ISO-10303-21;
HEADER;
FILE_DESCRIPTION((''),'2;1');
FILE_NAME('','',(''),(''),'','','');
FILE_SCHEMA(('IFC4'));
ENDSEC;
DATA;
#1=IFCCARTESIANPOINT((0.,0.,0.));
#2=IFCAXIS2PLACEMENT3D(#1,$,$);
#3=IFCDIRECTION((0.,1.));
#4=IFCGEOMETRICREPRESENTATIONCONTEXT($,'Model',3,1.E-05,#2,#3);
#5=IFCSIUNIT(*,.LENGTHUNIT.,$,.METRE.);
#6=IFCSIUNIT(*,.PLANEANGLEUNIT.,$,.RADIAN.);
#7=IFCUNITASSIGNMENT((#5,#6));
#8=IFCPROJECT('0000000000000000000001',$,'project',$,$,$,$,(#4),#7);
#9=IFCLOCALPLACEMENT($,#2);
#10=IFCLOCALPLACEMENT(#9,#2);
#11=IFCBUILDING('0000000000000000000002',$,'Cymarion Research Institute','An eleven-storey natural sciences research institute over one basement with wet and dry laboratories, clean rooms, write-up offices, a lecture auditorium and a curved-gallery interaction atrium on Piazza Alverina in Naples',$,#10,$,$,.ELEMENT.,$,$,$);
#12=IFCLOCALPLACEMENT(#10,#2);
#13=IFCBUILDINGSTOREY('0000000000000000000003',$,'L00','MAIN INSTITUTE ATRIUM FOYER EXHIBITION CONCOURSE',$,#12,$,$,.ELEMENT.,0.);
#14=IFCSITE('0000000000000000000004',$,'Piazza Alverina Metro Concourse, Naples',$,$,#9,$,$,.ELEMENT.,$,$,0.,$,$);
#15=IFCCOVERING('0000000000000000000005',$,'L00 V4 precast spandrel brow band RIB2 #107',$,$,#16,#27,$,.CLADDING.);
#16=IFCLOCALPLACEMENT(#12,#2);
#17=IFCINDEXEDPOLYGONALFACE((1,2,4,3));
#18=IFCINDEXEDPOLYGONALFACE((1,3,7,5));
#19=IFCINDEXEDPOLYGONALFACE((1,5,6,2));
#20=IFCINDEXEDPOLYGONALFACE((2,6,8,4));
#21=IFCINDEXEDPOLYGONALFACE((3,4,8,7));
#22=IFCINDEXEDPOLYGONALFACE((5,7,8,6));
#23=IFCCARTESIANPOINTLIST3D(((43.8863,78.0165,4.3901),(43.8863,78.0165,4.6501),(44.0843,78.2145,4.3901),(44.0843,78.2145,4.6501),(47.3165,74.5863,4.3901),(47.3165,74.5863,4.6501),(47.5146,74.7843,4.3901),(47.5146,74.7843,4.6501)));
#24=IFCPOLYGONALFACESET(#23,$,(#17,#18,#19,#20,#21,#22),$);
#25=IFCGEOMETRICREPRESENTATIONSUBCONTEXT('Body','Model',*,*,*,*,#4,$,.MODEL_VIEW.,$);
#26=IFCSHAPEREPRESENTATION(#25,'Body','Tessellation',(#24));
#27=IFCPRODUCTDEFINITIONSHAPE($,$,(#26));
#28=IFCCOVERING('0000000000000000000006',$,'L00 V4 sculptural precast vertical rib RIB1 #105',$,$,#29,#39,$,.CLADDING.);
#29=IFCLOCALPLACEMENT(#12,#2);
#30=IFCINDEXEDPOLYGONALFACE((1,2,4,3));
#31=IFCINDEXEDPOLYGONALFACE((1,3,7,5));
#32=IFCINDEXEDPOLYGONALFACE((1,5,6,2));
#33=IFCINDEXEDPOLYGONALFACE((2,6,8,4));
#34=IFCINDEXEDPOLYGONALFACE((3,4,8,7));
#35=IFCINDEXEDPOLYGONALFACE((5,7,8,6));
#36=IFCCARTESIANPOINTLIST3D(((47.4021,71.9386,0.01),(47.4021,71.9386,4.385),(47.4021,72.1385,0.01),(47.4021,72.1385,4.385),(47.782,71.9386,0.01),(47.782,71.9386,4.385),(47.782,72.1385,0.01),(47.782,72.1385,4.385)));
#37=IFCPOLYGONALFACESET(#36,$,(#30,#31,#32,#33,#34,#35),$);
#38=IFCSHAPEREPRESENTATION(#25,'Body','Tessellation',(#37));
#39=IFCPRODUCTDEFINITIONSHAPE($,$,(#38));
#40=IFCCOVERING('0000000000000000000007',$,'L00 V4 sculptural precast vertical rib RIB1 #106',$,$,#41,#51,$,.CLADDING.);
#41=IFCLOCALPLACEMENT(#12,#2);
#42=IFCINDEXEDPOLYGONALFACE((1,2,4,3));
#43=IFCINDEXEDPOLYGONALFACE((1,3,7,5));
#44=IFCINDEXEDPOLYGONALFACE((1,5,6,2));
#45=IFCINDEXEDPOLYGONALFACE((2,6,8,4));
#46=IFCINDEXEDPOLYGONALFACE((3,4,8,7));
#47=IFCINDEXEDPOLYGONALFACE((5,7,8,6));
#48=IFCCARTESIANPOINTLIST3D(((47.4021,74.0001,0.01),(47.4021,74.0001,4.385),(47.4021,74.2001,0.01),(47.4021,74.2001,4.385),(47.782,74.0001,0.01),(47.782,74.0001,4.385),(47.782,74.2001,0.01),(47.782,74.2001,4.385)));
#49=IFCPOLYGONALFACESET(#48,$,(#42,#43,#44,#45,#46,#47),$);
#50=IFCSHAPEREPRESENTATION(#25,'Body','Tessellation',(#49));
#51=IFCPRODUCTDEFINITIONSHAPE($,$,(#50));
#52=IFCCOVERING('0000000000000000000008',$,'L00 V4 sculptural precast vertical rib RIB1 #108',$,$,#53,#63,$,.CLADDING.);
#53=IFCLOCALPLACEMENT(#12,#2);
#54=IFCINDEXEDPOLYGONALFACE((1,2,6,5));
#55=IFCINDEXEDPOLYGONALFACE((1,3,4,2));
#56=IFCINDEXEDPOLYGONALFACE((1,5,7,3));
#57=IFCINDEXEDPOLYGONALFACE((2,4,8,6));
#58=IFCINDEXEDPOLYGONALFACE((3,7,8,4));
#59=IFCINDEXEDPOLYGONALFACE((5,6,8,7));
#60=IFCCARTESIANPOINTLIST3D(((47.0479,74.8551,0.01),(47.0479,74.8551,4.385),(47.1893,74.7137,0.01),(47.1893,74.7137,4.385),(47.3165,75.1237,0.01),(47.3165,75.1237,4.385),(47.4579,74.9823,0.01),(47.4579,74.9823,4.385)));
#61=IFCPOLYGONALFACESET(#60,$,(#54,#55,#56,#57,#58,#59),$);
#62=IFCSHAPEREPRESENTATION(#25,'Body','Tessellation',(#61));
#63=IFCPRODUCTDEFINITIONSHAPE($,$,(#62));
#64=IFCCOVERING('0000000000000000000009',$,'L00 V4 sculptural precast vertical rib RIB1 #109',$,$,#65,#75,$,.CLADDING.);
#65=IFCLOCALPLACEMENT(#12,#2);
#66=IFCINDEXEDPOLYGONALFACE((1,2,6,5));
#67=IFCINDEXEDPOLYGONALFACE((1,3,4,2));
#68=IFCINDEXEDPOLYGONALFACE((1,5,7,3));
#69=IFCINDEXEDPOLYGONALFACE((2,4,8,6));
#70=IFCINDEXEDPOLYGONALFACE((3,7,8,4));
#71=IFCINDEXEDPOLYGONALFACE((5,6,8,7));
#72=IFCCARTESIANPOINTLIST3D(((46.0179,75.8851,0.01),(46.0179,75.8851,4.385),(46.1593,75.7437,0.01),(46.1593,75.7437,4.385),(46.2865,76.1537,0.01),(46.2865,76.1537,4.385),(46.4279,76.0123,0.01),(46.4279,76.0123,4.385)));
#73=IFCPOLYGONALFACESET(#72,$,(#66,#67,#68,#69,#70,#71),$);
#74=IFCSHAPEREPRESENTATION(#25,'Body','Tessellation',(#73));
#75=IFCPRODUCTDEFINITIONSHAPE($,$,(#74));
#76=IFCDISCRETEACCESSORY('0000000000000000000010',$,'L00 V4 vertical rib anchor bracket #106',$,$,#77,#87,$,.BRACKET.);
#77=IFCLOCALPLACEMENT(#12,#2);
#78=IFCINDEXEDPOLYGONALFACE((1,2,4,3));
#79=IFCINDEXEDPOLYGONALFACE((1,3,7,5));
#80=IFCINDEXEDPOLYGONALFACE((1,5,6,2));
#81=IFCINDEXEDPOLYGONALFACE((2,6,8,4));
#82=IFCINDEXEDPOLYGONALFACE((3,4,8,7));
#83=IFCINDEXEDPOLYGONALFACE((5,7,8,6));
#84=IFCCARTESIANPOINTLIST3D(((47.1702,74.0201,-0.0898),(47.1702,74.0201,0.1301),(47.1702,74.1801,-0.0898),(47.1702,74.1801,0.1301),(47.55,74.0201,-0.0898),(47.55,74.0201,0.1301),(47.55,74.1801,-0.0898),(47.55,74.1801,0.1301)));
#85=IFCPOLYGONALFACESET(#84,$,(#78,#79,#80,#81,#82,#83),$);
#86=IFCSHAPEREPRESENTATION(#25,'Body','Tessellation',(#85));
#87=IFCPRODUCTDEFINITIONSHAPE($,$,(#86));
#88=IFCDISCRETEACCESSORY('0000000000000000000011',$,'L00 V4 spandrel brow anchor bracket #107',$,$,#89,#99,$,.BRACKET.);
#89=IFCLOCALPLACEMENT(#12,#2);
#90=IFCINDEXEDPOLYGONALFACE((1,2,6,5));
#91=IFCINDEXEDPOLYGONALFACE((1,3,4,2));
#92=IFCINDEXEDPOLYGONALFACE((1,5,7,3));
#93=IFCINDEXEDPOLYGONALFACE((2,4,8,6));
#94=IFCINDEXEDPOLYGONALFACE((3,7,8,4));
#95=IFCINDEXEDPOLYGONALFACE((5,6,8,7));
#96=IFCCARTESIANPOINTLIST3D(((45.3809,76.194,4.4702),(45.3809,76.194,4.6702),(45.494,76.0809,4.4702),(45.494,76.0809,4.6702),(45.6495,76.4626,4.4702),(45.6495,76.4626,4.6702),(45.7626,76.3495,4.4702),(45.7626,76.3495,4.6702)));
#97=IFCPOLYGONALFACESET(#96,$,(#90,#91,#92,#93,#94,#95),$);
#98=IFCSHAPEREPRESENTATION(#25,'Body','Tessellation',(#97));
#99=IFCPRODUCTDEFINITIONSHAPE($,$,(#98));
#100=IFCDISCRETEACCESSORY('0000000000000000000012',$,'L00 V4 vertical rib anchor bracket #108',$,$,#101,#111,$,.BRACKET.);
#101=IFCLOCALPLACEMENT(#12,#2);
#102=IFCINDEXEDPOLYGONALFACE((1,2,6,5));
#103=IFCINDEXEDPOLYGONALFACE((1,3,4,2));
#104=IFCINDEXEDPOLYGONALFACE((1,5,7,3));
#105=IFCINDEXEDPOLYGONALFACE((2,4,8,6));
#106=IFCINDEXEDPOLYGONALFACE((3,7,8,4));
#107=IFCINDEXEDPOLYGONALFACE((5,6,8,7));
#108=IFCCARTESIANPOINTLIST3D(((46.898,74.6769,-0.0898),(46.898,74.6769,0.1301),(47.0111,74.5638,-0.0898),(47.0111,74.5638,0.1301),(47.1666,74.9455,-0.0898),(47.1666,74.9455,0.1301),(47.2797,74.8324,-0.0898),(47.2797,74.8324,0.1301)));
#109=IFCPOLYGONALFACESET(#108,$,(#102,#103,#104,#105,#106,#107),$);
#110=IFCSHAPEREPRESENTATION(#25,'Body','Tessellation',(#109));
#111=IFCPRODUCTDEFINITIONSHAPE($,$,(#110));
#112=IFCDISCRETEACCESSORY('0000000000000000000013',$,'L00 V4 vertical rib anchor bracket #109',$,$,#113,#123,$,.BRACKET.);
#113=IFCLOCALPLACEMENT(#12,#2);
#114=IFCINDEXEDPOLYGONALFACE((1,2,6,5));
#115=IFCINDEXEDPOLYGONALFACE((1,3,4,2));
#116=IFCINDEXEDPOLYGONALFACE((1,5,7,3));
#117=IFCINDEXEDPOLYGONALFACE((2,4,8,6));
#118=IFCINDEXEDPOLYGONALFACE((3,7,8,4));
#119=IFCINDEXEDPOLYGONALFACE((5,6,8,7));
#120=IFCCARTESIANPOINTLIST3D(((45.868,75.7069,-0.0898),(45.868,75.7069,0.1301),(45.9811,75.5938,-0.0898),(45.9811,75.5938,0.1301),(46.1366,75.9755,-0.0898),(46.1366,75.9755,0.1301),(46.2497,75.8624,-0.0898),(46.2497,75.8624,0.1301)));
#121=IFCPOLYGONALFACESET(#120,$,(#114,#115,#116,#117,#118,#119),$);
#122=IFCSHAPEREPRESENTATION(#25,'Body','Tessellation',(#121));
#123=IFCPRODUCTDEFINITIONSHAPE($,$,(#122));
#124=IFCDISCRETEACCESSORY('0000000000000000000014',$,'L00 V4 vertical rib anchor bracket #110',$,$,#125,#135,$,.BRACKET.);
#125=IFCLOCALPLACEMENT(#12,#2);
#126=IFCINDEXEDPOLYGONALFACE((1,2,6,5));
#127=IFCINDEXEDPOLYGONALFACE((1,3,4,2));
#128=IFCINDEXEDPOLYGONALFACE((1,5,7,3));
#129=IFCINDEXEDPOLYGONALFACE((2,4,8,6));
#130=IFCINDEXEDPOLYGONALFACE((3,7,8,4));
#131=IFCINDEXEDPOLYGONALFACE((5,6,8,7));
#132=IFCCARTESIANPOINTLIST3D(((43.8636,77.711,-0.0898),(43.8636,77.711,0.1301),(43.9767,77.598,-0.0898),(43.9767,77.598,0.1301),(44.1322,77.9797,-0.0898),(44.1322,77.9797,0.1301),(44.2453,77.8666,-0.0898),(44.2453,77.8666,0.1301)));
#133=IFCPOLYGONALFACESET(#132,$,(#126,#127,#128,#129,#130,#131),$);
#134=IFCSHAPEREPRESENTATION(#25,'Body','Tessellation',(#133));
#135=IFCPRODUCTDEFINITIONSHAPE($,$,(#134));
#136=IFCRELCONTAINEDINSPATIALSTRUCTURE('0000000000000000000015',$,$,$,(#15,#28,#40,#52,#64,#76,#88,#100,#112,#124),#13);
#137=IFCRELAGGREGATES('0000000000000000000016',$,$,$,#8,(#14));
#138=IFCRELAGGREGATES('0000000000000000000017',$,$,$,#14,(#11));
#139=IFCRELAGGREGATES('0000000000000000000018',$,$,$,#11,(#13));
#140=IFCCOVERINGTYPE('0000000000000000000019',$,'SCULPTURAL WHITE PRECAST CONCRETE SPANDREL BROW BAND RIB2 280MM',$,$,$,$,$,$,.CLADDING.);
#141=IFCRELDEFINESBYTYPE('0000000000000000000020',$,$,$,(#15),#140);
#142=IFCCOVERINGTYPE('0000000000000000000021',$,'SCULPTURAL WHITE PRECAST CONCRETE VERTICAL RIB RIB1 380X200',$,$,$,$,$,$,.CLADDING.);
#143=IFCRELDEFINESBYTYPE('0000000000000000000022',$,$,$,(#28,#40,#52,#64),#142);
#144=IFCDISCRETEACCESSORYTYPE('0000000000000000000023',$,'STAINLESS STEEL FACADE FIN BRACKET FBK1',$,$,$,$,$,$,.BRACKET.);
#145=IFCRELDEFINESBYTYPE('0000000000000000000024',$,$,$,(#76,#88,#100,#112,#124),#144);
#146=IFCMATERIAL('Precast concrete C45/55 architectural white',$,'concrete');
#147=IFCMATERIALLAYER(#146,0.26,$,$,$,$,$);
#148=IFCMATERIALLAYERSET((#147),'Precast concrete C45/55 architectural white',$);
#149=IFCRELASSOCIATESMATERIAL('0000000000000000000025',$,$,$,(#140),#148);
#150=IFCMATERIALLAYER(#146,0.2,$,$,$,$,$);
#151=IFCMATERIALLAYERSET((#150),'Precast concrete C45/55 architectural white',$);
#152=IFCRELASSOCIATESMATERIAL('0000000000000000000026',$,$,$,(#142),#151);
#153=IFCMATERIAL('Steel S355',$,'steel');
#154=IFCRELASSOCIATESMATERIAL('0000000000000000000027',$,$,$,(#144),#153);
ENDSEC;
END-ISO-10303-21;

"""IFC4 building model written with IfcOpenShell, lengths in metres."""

from ifc_helpers import new_model, si_unit, direction, frame, origin, origin_2d, place, context, subcontext, project, spatial, rectangle, extrude, material, layer, layer_set, type_object, element, save


model = new_model("IFC4")

# Units and contexts
model_context = context("Model", 3, precision=1e-05, world=origin(), true_north=direction((0.0, 1.0)))
body_context = subcontext(model_context, "Body", "Model", "MODEL_VIEW")
ifc_project = project(units=[si_unit("LENGTHUNIT", "METRE"), si_unit("PLANEANGLEUNIT", "RADIAN")], contexts=[model_context])

# Site, building, storey
site_placement = place(None, origin())
site = spatial("IfcSite", under=ifc_project, at=site_placement, Name="Piazza Alverina Metro Concourse, Naples", CompositionType="ELEMENT", RefElevation=0.0)
building_placement = place(site_placement, origin())
building = spatial("IfcBuilding", under=site, at=building_placement, Name="Cymarion Research Institute", Description="An eleven-storey natural sciences research institute over one basement with wet and dry laboratories, clean rooms, write-up offices, a lecture auditorium and a curved-gallery interaction atrium on Piazza Alverina in Naples", CompositionType="ELEMENT")
storey_placement = place(building_placement, origin())
storey = spatial("IfcBuildingStorey", under=building, at=storey_placement, Name="L00", Description="MAIN INSTITUTE ATRIUM FOYER EXHIBITION CONCOURSE", CompositionType="ELEMENT", Elevation=0.0)

# Coverings
ifc_material_1 = material(Name="Precast concrete C45/55 architectural white", Category="concrete")
ifc_layer_1 = layer(ifc_material_1, 0.26)
ifc_layer_set_1 = layer_set([ifc_layer_1], Name="Precast concrete C45/55 architectural white")
covering_type_1 = type_object("IfcCoveringType", Name="SCULPTURAL WHITE PRECAST CONCRETE SPANDREL BROW BAND RIB2 280MM", PredefinedType="CLADDING", material=ifc_layer_set_1)
covering_placement = place(storey_placement, frame((45.7004, 76.4004, 4.3901), z_axis=(0.0, 0.0, 1.0), x_axis=(0.707107, 0.707107, 0.0)))
element("IfcCovering", 1, at=covering_placement, inside=storey, type_object=covering_type_1, Name="L00 V4 precast spandrel brow band RIB2 #107", PredefinedType="CLADDING", context=body_context, shape_type="SweptSolid", body=[
    extrude(rectangle(XDim=0.28, YDim=4.8511, at=origin_2d()), origin(), (0.0, 0.0, 1.0), 0.26),
])
ifc_layer_2 = layer(ifc_material_1, 0.2)
ifc_layer_set_2 = layer_set([ifc_layer_2], Name="Precast concrete C45/55 architectural white")
covering_type_2 = type_object("IfcCoveringType", Name="SCULPTURAL WHITE PRECAST CONCRETE VERTICAL RIB RIB1 380X200", PredefinedType="CLADDING", material=ifc_layer_set_2)
for number, where, z_axis, x_axis, name in (
    (2, (47.592, 72.0386, 0.01), (0.0, 0.0, 1.0), (1.0, 0.0, 0.0), "L00 V4 sculptural precast vertical rib RIB1 #105"),
    (3, (47.592, 74.1001, 0.01), (0.0, 0.0, 1.0), (1.0, 0.0, 0.0), "L00 V4 sculptural precast vertical rib RIB1 #106"),
    (4, (47.2529, 74.9187, 0.01), (0.0, 0.0, 1.0), (0.707107, 0.707107, 0.0), "L00 V4 sculptural precast vertical rib RIB1 #108"),
    (5, (46.2229, 75.9487, 0.01), (0.0, 0.0, 1.0), (0.707107, 0.707107, 0.0), "L00 V4 sculptural precast vertical rib RIB1 #109"),
):
    element("IfcCovering", number, at=place(storey_placement, frame(where, z_axis=z_axis, x_axis=x_axis)), inside=storey, type_object=covering_type_2, Name=name, PredefinedType="CLADDING", context=body_context, shape_type="SweptSolid", body=[
        extrude(rectangle(XDim=0.3799, YDim=0.2, at=origin_2d()), origin(), (0.0, 0.0, 1.0), 4.375),
    ])

# Discrete accessories
ifc_material_2 = material(Name="Steel S355", Category="steel")
discrete_accessory_type = type_object("IfcDiscreteAccessoryType", Name="STAINLESS STEEL FACADE FIN BRACKET FBK1", PredefinedType="BRACKET", material=ifc_material_2)
discrete_accessory_1_placement = place(storey_placement, frame((47.3601, 74.1001, -0.0898), z_axis=(0.0, 0.0, 1.0), x_axis=(1.0, 0.0, 0.0)))
element("IfcDiscreteAccessory", 6, at=discrete_accessory_1_placement, inside=storey, type_object=discrete_accessory_type, Name="L00 V4 vertical rib anchor bracket #106", PredefinedType="BRACKET", context=body_context, shape_type="SweptSolid", body=[
    extrude(rectangle(XDim=0.3799, YDim=0.1599, at=origin_2d()), origin(), (0.0, 0.0, 1.0), 0.22),
])
discrete_accessory_2_placement = place(storey_placement, frame((45.5718, 76.2717, 4.4702), z_axis=(0.0, 0.0, 1.0), x_axis=(0.707107, 0.707107, 0.0)))
element("IfcDiscreteAccessory", 7, at=discrete_accessory_2_placement, inside=storey, type_object=discrete_accessory_type, Name="L00 V4 spandrel brow anchor bracket #107", PredefinedType="BRACKET", context=body_context, shape_type="SweptSolid", body=[
    extrude(rectangle(XDim=0.3799, YDim=0.1599, at=origin_2d()), origin(), (0.0, 0.0, 1.0), 0.2),
])
for number, where, z_axis, x_axis, name in (
    (8, (47.0889, 74.7546, -0.0898), (0.0, 0.0, 1.0), (0.707107, 0.707107, 0.0), "L00 V4 vertical rib anchor bracket #108"),
    (9, (46.0588, 75.7847, -0.0898), (0.0, 0.0, 1.0), (0.707107, 0.707107, 0.0), "L00 V4 vertical rib anchor bracket #109"),
    (10, (44.0544, 77.7888, -0.0898), (0.0, 0.0, 1.0), (0.707107, 0.707107, 0.0), "L00 V4 vertical rib anchor bracket #110"),
):
    element("IfcDiscreteAccessory", number, at=place(storey_placement, frame(where, z_axis=z_axis, x_axis=x_axis)), inside=storey, type_object=discrete_accessory_type, Name=name, PredefinedType="BRACKET", context=body_context, shape_type="SweptSolid", body=[
        extrude(rectangle(XDim=0.3799, YDim=0.1599, at=origin_2d()), origin(), (0.0, 0.0, 1.0), 0.22),
    ])

save(model, "model.ifc")
